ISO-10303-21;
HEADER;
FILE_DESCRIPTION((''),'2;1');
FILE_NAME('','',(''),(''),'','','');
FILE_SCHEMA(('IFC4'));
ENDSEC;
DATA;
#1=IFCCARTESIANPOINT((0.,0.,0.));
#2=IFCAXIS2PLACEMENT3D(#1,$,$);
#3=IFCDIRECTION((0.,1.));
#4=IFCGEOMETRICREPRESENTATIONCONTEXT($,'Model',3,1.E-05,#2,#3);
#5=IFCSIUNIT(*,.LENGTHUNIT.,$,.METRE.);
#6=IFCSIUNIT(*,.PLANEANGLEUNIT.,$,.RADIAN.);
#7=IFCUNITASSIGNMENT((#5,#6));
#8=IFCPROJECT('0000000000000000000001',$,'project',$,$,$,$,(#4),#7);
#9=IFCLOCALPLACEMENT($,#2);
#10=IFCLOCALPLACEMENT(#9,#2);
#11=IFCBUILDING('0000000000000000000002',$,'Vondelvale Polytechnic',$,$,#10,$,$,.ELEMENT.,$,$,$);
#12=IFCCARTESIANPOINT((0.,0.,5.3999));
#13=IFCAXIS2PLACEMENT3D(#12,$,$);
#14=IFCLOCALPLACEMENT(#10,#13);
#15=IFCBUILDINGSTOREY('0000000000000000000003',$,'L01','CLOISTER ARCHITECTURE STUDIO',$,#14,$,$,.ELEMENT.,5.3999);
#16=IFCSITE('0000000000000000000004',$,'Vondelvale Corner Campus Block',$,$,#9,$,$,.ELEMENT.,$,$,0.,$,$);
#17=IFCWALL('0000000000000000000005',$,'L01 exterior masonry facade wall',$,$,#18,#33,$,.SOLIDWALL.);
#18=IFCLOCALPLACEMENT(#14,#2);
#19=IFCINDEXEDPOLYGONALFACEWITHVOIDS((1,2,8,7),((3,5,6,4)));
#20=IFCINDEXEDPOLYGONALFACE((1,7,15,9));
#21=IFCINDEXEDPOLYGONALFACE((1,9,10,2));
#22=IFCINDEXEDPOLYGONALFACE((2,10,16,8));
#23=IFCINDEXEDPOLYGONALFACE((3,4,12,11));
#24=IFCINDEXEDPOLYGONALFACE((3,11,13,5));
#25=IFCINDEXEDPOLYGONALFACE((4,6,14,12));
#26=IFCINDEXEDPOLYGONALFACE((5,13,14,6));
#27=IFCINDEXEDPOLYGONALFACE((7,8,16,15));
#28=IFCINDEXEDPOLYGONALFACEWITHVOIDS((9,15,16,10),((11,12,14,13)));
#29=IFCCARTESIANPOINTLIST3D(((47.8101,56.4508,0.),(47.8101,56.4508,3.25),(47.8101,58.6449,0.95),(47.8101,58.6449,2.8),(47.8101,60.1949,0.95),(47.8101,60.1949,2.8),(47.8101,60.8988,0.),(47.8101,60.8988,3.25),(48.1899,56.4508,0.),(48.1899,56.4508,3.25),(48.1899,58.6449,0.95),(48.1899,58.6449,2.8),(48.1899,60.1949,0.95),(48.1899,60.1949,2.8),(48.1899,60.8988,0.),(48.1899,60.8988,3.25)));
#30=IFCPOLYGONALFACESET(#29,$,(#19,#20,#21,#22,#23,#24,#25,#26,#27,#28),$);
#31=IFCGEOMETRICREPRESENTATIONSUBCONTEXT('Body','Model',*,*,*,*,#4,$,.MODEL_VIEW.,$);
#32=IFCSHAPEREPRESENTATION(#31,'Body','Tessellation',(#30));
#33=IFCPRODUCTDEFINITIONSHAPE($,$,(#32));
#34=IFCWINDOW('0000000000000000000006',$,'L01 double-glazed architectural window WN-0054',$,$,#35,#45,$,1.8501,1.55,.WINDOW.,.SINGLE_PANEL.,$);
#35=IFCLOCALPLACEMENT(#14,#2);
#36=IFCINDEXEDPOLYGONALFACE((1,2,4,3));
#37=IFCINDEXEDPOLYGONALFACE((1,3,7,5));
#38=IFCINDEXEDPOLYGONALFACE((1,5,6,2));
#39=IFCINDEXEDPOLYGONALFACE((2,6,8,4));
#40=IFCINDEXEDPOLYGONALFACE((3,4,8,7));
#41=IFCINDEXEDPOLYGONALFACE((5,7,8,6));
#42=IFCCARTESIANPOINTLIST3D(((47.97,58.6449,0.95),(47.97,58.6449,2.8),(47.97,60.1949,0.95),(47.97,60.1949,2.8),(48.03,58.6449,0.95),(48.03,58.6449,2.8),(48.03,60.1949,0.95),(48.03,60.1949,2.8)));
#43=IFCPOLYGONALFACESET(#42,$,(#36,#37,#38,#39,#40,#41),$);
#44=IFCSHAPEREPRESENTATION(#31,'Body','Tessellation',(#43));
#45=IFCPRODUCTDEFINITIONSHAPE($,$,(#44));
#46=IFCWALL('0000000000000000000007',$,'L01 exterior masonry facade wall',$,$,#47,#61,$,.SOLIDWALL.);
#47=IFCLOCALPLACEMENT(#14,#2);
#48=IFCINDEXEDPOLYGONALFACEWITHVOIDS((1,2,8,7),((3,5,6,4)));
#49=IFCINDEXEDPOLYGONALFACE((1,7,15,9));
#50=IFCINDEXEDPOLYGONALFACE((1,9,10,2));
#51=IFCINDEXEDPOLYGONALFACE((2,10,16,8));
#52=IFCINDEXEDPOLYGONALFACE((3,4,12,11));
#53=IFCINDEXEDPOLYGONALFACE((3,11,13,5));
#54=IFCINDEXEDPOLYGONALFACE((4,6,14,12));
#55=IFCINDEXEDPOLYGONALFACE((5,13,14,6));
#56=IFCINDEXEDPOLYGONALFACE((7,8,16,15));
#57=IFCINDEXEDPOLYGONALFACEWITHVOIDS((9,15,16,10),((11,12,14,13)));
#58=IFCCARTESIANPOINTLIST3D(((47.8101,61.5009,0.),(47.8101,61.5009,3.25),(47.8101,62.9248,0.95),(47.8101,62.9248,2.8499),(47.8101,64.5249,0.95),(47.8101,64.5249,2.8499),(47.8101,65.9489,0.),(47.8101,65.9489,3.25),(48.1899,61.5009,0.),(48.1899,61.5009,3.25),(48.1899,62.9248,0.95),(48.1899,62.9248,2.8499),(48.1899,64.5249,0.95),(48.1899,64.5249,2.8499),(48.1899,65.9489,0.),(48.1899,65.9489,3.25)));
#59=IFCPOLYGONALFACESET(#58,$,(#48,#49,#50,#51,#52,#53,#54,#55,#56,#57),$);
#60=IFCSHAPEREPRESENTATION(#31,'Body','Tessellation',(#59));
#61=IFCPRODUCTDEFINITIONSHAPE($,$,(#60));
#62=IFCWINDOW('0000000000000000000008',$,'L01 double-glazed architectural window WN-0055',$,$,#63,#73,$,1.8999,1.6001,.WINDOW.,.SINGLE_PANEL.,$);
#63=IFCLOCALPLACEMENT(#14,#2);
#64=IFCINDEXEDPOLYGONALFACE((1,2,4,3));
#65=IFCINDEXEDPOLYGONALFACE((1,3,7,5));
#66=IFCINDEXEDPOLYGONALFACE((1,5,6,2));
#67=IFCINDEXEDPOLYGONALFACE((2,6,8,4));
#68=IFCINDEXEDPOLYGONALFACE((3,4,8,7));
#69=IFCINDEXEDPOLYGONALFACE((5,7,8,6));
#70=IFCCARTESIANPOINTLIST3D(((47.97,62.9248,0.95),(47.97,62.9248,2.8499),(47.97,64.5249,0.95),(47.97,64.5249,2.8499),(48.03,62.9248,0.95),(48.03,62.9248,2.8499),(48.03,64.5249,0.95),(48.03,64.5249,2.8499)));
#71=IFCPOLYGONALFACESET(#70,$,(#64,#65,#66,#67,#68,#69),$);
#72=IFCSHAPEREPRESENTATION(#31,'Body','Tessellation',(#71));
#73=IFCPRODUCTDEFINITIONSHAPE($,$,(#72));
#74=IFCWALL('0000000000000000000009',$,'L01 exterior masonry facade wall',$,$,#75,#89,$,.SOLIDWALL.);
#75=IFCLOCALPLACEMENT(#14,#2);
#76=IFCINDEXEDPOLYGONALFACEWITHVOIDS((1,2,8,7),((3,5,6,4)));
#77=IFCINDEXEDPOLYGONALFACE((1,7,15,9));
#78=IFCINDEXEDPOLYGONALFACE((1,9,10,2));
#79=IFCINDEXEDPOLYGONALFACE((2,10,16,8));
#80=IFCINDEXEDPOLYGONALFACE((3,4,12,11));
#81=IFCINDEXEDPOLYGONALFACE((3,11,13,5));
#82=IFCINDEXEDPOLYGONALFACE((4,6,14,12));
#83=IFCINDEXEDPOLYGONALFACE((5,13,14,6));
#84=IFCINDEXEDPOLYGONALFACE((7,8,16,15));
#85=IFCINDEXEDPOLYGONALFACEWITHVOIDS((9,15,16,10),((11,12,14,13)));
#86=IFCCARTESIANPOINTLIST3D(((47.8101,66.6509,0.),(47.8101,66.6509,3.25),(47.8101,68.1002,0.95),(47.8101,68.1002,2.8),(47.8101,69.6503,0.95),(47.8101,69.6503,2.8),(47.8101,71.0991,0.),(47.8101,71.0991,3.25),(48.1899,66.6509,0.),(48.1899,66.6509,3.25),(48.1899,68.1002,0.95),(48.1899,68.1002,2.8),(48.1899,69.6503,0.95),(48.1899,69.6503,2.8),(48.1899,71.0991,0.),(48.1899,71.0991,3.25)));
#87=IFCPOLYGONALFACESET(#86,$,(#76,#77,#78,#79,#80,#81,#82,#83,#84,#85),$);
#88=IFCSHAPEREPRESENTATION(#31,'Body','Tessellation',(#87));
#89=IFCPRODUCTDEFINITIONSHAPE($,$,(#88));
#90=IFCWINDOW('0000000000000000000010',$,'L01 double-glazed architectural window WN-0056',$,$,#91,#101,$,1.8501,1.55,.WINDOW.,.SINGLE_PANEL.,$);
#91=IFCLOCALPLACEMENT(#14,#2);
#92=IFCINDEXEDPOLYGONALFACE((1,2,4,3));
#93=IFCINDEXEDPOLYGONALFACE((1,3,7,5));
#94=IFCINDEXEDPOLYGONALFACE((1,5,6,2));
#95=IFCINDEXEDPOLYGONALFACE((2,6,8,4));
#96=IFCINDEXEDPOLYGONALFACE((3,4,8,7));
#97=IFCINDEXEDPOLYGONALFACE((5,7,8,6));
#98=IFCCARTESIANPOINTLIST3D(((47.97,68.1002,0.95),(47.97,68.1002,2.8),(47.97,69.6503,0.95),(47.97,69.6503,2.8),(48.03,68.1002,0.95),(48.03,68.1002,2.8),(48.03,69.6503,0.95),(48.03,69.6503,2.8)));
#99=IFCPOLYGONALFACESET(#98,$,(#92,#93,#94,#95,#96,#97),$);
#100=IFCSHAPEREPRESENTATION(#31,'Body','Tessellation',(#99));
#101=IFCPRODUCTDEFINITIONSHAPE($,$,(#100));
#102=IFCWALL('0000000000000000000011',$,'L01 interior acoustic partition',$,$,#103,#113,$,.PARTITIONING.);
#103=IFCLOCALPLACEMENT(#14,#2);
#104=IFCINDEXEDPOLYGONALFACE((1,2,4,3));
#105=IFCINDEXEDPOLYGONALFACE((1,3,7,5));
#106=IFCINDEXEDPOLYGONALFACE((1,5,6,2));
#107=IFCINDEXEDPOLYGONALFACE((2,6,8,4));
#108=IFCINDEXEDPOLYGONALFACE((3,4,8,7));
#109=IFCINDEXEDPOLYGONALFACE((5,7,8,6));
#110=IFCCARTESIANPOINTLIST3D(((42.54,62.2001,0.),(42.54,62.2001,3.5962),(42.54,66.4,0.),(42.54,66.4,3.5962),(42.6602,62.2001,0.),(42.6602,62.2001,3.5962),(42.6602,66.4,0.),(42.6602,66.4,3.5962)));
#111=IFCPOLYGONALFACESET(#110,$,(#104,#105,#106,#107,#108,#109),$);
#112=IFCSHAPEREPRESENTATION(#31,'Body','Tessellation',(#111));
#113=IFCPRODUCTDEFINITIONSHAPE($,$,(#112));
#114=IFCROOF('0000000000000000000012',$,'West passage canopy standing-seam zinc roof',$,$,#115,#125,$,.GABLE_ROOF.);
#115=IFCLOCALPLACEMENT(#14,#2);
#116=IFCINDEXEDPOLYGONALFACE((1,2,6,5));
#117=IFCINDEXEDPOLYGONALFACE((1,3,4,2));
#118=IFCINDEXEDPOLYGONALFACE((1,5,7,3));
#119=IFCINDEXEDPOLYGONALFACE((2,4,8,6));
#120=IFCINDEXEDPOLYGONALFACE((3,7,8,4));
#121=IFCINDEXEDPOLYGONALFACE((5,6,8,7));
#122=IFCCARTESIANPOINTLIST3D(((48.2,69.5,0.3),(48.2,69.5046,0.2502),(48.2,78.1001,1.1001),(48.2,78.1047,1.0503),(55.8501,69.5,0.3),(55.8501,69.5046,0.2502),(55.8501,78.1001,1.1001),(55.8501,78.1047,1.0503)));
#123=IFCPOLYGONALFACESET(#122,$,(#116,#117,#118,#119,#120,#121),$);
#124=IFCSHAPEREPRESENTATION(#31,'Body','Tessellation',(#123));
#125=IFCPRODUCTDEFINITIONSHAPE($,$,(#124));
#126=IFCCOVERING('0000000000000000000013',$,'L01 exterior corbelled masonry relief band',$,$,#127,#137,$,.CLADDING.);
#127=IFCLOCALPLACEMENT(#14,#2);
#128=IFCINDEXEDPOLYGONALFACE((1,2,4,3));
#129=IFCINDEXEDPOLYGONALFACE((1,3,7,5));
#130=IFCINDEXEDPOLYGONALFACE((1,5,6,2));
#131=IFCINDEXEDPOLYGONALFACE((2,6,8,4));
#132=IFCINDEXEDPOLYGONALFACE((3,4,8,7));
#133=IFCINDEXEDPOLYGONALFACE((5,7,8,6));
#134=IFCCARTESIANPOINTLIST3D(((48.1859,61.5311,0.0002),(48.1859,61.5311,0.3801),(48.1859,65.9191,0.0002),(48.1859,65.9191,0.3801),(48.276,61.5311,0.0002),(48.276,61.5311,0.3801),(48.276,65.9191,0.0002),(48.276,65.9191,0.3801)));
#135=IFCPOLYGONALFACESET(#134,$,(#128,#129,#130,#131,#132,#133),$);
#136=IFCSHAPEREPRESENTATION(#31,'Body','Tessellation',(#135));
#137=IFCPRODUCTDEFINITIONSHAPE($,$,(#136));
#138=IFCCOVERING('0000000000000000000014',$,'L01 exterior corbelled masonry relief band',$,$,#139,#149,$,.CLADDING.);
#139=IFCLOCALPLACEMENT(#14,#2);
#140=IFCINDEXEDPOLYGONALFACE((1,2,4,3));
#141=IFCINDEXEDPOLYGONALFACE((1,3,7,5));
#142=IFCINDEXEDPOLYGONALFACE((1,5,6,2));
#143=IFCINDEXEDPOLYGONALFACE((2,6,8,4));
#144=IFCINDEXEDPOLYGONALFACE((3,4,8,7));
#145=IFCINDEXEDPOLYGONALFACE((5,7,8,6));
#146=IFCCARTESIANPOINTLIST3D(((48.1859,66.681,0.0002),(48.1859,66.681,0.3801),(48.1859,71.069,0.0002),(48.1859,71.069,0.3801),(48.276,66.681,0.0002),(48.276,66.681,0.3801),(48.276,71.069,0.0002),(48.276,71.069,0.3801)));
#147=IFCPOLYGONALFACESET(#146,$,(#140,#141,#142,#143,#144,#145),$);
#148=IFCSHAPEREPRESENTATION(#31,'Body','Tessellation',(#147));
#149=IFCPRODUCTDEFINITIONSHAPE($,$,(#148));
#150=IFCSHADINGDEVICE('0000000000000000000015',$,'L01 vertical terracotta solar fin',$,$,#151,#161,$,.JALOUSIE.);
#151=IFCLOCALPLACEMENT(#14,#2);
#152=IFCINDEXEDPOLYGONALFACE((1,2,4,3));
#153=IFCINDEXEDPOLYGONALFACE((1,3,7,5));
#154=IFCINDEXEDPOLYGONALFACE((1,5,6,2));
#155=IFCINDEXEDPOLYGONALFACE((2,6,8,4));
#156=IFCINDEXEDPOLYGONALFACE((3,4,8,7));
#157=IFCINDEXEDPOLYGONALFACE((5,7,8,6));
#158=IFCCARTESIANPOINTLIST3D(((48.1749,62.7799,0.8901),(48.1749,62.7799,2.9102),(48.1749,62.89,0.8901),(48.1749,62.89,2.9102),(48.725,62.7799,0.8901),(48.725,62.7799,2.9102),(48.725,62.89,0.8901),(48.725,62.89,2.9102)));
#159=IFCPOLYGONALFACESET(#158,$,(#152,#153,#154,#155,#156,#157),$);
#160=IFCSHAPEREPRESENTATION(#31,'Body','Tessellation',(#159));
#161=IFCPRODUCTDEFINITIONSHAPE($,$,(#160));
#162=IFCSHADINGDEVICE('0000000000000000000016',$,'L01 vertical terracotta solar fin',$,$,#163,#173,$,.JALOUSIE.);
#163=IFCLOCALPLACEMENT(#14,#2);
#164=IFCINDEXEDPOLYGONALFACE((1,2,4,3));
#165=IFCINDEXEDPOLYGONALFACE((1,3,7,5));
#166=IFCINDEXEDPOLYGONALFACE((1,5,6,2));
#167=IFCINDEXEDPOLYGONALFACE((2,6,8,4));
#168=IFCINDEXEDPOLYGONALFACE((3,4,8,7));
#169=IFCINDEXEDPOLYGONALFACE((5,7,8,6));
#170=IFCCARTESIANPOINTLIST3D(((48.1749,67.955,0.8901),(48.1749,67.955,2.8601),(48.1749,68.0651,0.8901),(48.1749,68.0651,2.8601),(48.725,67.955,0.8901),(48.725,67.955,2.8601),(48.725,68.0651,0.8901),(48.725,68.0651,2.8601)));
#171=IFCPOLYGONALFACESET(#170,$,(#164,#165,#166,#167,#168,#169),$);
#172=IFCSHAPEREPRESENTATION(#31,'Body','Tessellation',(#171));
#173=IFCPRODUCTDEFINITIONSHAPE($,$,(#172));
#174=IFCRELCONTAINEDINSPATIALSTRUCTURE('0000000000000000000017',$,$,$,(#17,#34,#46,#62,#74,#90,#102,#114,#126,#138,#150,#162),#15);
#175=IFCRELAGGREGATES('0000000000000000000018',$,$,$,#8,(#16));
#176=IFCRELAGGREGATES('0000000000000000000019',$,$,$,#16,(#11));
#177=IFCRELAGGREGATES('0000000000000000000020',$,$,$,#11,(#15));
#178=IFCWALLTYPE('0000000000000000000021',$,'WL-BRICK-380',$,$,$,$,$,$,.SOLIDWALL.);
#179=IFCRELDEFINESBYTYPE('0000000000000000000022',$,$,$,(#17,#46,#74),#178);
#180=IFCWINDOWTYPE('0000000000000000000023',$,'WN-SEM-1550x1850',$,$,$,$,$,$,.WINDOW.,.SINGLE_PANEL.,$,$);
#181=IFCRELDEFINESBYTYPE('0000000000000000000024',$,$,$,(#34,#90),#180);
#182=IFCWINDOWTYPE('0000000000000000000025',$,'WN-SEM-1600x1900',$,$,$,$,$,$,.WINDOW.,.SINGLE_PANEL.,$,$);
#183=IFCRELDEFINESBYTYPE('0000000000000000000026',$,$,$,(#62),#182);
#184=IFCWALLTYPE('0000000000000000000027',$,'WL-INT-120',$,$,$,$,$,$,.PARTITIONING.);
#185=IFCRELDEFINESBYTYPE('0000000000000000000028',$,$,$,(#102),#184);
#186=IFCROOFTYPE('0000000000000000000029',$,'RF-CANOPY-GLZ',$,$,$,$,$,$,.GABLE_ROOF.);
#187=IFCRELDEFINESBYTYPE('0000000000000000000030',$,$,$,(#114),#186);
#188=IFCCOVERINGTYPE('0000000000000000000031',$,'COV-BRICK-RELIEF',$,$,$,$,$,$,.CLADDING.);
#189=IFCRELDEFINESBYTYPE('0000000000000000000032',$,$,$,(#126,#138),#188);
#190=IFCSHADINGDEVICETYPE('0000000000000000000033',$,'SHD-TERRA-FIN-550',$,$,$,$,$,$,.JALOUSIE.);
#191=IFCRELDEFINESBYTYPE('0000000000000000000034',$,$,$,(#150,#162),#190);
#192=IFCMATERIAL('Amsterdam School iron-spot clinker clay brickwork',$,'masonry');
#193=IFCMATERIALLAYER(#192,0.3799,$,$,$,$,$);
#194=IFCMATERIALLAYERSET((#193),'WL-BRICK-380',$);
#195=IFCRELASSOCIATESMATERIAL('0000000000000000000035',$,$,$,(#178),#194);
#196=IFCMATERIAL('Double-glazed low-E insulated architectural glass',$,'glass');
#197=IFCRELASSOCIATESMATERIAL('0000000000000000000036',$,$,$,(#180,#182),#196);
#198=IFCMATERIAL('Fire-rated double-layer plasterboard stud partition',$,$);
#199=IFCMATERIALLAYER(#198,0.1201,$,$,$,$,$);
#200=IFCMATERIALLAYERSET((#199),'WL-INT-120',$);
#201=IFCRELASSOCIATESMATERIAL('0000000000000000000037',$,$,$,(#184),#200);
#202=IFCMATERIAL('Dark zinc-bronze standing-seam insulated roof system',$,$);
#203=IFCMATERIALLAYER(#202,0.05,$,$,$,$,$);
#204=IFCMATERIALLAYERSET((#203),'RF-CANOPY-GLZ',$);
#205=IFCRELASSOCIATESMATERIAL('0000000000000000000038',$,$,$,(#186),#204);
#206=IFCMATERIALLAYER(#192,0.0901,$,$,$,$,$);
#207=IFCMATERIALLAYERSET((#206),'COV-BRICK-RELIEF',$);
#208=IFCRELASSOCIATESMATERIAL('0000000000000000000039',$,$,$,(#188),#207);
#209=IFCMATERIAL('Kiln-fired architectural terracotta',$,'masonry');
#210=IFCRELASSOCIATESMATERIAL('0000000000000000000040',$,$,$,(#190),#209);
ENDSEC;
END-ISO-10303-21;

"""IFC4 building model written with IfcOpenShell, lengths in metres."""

from ifc_helpers import new_model, si_unit, direction, frame, frame_2d, origin, origin_2d, place, context, subcontext, project, spatial, polyline, rectangle, outline, extrude, material, layer, layer_set, type_object, element, fill, save


model = new_model("IFC4")

# Units and contexts
model_context = context("Model", 3, precision=1e-05, world=origin(), true_north=direction((0.0, 1.0)))
body_context = subcontext(model_context, "Body", "Model", "MODEL_VIEW")
ifc_project = project(units=[si_unit("LENGTHUNIT", "METRE"), si_unit("PLANEANGLEUNIT", "RADIAN")], contexts=[model_context])

# Site, building, storey
site_placement = place(None, origin())
site = spatial("IfcSite", under=ifc_project, at=site_placement, Name="Vondelvale Corner Campus Block", CompositionType="ELEMENT", RefElevation=0.0)
building_placement = place(site_placement, origin())
building = spatial("IfcBuilding", under=site, at=building_placement, Name="Vondelvale Polytechnic", CompositionType="ELEMENT")
storey_placement = place(building_placement, frame((0.0, 0.0, 5.3999)))
storey = spatial("IfcBuildingStorey", under=building, at=storey_placement, Name="L01", Description="CLOISTER ARCHITECTURE STUDIO", CompositionType="ELEMENT", Elevation=5.3999)

# Shared definitions
ifc_material_1 = material(Name="Double-glazed low-E insulated architectural glass", Category="glass")
ifc_material_2 = material(Name="Kiln-fired architectural terracotta", Category="masonry")

# Walls, openings, windows
ifc_material_3 = material(Name="Amsterdam School iron-spot clinker clay brickwork", Category="masonry")
ifc_layer_1 = layer(ifc_material_3, 0.3799)
ifc_layer_set_1 = layer_set([ifc_layer_1], Name="WL-BRICK-380")
wall_type_1 = type_object("IfcWallType", Name="WL-BRICK-380", PredefinedType="SOLIDWALL", material=ifc_layer_set_1)
wall_1_placement = place(storey_placement, frame((48.0, 60.8989, 0.0), z_axis=(0.0, 0.0, 1.0), x_axis=(0.0, -1.0, 0.0)))
wall_1 = element("IfcWall", 1, at=wall_1_placement, inside=storey, type_object=wall_type_1, Name="L01 exterior masonry facade wall", PredefinedType="SOLIDWALL", context=body_context, shape_type="SweptSolid", body=[
    extrude(rectangle(XDim=4.448, YDim=0.3799, at=frame_2d((2.2241, 0.0))), origin(), (0.0, 0.0, 1.0), 3.25),
])
opening_1_placement = place(wall_1_placement, frame((0.7041, 0.0, 0.95)))
opening_1 = element("IfcOpeningElement", 2, at=opening_1_placement, cuts=wall_1, PredefinedType="OPENING", context=body_context, shape_type="SweptSolid", body=[
    extrude(rectangle(XDim=1.55, YDim=1.8501, at=frame_2d((0.7749, 0.925))), frame((0.0, 0.2, 0.0), z_axis=(0.0, -1.0, 0.0), x_axis=(1.0, 0.0, 0.0)), (0.0, 0.0, 1.0), 0.3999),
])
window_type_1 = type_object("IfcWindowType", Name="WN-SEM-1550x1850", PartitioningType="SINGLE_PANEL", PredefinedType="WINDOW", material=ifc_material_1)
window_1_placement = place(opening_1_placement, origin())
window_1 = element("IfcWindow", 3, at=window_1_placement, inside=storey, type_object=window_type_1, Name="L01 double-glazed architectural window WN-0054", OverallHeight=1.8501, OverallWidth=1.55, PartitioningType="SINGLE_PANEL", PredefinedType="WINDOW", context=body_context, shape_type="SweptSolid", body=[
    extrude(rectangle(XDim=1.55, YDim=1.8501, at=frame_2d((0.7749, 0.925))), frame((0.0, 0.03, 0.0), z_axis=(0.0, -1.0, 0.0), x_axis=(1.0, 0.0, 0.0)), (0.0, 0.0, 1.0), 0.0601),
])
fill(opening_1, window_1)
wall_2_placement = place(storey_placement, frame((48.0, 65.949, 0.0), z_axis=(0.0, 0.0, 1.0), x_axis=(0.0, -1.0, 0.0)))
wall_2 = element("IfcWall", 4, at=wall_2_placement, inside=storey, type_object=wall_type_1, Name="L01 exterior masonry facade wall", PredefinedType="SOLIDWALL", context=body_context, shape_type="SweptSolid", body=[
    extrude(rectangle(XDim=4.448, YDim=0.3799, at=frame_2d((2.2241, 0.0))), origin(), (0.0, 0.0, 1.0), 3.25),
])
opening_2_placement = place(wall_2_placement, frame((1.4241, 0.0, 0.95)))
opening_2 = element("IfcOpeningElement", 5, at=opening_2_placement, cuts=wall_2, PredefinedType="OPENING", context=body_context, shape_type="SweptSolid", body=[
    extrude(rectangle(XDim=1.6001, YDim=1.8999, at=frame_2d((0.8, 0.95))), frame((0.0, 0.2, 0.0), z_axis=(0.0, -1.0, 0.0), x_axis=(1.0, 0.0, 0.0)), (0.0, 0.0, 1.0), 0.3999),
])
window_type_2 = type_object("IfcWindowType", Name="WN-SEM-1600x1900", PartitioningType="SINGLE_PANEL", PredefinedType="WINDOW", material=ifc_material_1)
window_2_placement = place(opening_2_placement, origin())
window_2 = element("IfcWindow", 6, at=window_2_placement, inside=storey, type_object=window_type_2, Name="L01 double-glazed architectural window WN-0055", OverallHeight=1.8999, OverallWidth=1.6001, PartitioningType="SINGLE_PANEL", PredefinedType="WINDOW", context=body_context, shape_type="SweptSolid", body=[
    extrude(rectangle(XDim=1.6001, YDim=1.8999, at=frame_2d((0.8, 0.95))), frame((0.0, 0.03, 0.0), z_axis=(0.0, -1.0, 0.0), x_axis=(1.0, 0.0, 0.0)), (0.0, 0.0, 1.0), 0.0601),
])
fill(opening_2, window_2)
wall_3_placement = place(storey_placement, frame((48.0, 71.0991, 0.0), z_axis=(0.0, 0.0, 1.0), x_axis=(0.0, -1.0, 0.0)))
wall_3 = element("IfcWall", 7, at=wall_3_placement, inside=storey, type_object=wall_type_1, Name="L01 exterior masonry facade wall", PredefinedType="SOLIDWALL", context=body_context, shape_type="SweptSolid", body=[
    extrude(rectangle(XDim=4.4482, YDim=0.3799, at=frame_2d((2.2241, 0.0))), origin(), (0.0, 0.0, 1.0), 3.25),
])
opening_3_placement = place(wall_3_placement, frame((1.449, 0.0, 0.95)))
opening_3 = element("IfcOpeningElement", 8, at=opening_3_placement, cuts=wall_3, PredefinedType="OPENING", context=body_context, shape_type="SweptSolid", body=[
    extrude(rectangle(XDim=1.55, YDim=1.8501, at=frame_2d((0.7749, 0.925))), frame((0.0, 0.2, 0.0), z_axis=(0.0, -1.0, 0.0), x_axis=(1.0, 0.0, 0.0)), (0.0, 0.0, 1.0), 0.3999),
])
window_3_placement = place(opening_3_placement, origin())
window_3 = element("IfcWindow", 9, at=window_3_placement, inside=storey, type_object=window_type_1, Name="L01 double-glazed architectural window WN-0056", OverallHeight=1.8501, OverallWidth=1.55, PartitioningType="SINGLE_PANEL", PredefinedType="WINDOW", context=body_context, shape_type="SweptSolid", body=[
    extrude(rectangle(XDim=1.55, YDim=1.8501, at=frame_2d((0.7749, 0.925))), frame((0.0, 0.03, 0.0), z_axis=(0.0, -1.0, 0.0), x_axis=(1.0, 0.0, 0.0)), (0.0, 0.0, 1.0), 0.0601),
])
fill(opening_3, window_3)

# Wall
ifc_material_4 = material(Name="Fire-rated double-layer plasterboard stud partition")
ifc_layer_2 = layer(ifc_material_4, 0.1201)
ifc_layer_set_2 = layer_set([ifc_layer_2], Name="WL-INT-120")
wall_type_2 = type_object("IfcWallType", Name="WL-INT-120", PredefinedType="PARTITIONING", material=ifc_layer_set_2)
wall_4_placement = place(storey_placement, frame((42.6001, 62.2, 0.0), z_axis=(0.0, 0.0, 1.0), x_axis=(0.0, 1.0, 0.0)))
element("IfcWall", 10, at=wall_4_placement, inside=storey, type_object=wall_type_2, Name="L01 interior acoustic partition", PredefinedType="PARTITIONING", context=body_context, shape_type="SweptSolid", body=[
    extrude(rectangle(XDim=4.2, YDim=0.1201, at=frame_2d((2.1001, 0.0))), origin(), (0.0, 0.0, 1.0), 3.5962),
])

# Roof
ifc_material_5 = material(Name="Dark zinc-bronze standing-seam insulated roof system")
ifc_layer_3 = layer(ifc_material_5, 0.05)
ifc_layer_set_3 = layer_set([ifc_layer_3], Name="RF-CANOPY-GLZ")
roof_type = type_object("IfcRoofType", Name="RF-CANOPY-GLZ", PredefinedType="GABLE_ROOF", material=ifc_layer_set_3)
roof_placement = place(storey_placement, frame((48.2, 69.5, 0.3), z_axis=(0.0, -0.092628, 0.995701), x_axis=(1.0, 0.0, 0.0)))
element("IfcRoof", 11, at=roof_placement, inside=storey, type_object=roof_type, Name="West passage canopy standing-seam zinc roof", PredefinedType="GABLE_ROOF", context=body_context, shape_type="SweptSolid", body=[
    extrude(outline(polyline([(0.0, 0.0), (7.6501, 0.0), (7.6501, 8.6372), (0.0, 8.6372), (0.0, 0.0)])), origin(), (0.0, 0.0, -1.0), 0.05),
])

# Coverings
ifc_layer_4 = layer(ifc_material_3, 0.0901)
ifc_layer_set_4 = layer_set([ifc_layer_4], Name="COV-BRICK-RELIEF")
covering_type = type_object("IfcCoveringType", Name="COV-BRICK-RELIEF", PredefinedType="CLADDING", material=ifc_layer_set_4)
for number, where, z_axis, x_axis, name in (
    (12, (48.231, 63.7251, 0.0002), (0.0, 0.0, 1.0), (0.0, -1.0, 0.0), "L01 exterior corbelled masonry relief band"),
    (13, (48.231, 68.875, 0.0002), (0.0, 0.0, 1.0), (0.0, -1.0, 0.0), "L01 exterior corbelled masonry relief band"),
):
    element("IfcCovering", number, at=place(storey_placement, frame(where, z_axis=z_axis, x_axis=x_axis)), inside=storey, type_object=covering_type, Name=name, PredefinedType="CLADDING", context=body_context, shape_type="SweptSolid", body=[
        extrude(rectangle(XDim=4.3879, YDim=0.0901, at=origin_2d()), origin(), (0.0, 0.0, 1.0), 0.3799),
    ])

# Shading devices
shading_device_type = type_object("IfcShadingDeviceType", Name="SHD-TERRA-FIN-550", PredefinedType="JALOUSIE", material=ifc_material_2)
shading_device_1_placement = place(storey_placement, frame((48.45, 62.835, 0.8901), z_axis=(0.0, 0.0, 1.0), x_axis=(0.0, -1.0, 0.0)))
element("IfcShadingDevice", 14, at=shading_device_1_placement, inside=storey, type_object=shading_device_type, Name="L01 vertical terracotta solar fin", PredefinedType="JALOUSIE", context=body_context, shape_type="SweptSolid", body=[
    extrude(rectangle(XDim=0.1101, YDim=0.55, at=origin_2d()), origin(), (0.0, 0.0, 1.0), 2.02),
])
shading_device_2_placement = place(storey_placement, frame((48.45, 68.01, 0.8901), z_axis=(0.0, 0.0, 1.0), x_axis=(0.0, -1.0, 0.0)))
element("IfcShadingDevice", 15, at=shading_device_2_placement, inside=storey, type_object=shading_device_type, Name="L01 vertical terracotta solar fin", PredefinedType="JALOUSIE", context=body_context, shape_type="SweptSolid", body=[
    extrude(rectangle(XDim=0.1101, YDim=0.55, at=origin_2d()), origin(), (0.0, 0.0, 1.0), 1.97),
])

save(model, "model.ifc")
